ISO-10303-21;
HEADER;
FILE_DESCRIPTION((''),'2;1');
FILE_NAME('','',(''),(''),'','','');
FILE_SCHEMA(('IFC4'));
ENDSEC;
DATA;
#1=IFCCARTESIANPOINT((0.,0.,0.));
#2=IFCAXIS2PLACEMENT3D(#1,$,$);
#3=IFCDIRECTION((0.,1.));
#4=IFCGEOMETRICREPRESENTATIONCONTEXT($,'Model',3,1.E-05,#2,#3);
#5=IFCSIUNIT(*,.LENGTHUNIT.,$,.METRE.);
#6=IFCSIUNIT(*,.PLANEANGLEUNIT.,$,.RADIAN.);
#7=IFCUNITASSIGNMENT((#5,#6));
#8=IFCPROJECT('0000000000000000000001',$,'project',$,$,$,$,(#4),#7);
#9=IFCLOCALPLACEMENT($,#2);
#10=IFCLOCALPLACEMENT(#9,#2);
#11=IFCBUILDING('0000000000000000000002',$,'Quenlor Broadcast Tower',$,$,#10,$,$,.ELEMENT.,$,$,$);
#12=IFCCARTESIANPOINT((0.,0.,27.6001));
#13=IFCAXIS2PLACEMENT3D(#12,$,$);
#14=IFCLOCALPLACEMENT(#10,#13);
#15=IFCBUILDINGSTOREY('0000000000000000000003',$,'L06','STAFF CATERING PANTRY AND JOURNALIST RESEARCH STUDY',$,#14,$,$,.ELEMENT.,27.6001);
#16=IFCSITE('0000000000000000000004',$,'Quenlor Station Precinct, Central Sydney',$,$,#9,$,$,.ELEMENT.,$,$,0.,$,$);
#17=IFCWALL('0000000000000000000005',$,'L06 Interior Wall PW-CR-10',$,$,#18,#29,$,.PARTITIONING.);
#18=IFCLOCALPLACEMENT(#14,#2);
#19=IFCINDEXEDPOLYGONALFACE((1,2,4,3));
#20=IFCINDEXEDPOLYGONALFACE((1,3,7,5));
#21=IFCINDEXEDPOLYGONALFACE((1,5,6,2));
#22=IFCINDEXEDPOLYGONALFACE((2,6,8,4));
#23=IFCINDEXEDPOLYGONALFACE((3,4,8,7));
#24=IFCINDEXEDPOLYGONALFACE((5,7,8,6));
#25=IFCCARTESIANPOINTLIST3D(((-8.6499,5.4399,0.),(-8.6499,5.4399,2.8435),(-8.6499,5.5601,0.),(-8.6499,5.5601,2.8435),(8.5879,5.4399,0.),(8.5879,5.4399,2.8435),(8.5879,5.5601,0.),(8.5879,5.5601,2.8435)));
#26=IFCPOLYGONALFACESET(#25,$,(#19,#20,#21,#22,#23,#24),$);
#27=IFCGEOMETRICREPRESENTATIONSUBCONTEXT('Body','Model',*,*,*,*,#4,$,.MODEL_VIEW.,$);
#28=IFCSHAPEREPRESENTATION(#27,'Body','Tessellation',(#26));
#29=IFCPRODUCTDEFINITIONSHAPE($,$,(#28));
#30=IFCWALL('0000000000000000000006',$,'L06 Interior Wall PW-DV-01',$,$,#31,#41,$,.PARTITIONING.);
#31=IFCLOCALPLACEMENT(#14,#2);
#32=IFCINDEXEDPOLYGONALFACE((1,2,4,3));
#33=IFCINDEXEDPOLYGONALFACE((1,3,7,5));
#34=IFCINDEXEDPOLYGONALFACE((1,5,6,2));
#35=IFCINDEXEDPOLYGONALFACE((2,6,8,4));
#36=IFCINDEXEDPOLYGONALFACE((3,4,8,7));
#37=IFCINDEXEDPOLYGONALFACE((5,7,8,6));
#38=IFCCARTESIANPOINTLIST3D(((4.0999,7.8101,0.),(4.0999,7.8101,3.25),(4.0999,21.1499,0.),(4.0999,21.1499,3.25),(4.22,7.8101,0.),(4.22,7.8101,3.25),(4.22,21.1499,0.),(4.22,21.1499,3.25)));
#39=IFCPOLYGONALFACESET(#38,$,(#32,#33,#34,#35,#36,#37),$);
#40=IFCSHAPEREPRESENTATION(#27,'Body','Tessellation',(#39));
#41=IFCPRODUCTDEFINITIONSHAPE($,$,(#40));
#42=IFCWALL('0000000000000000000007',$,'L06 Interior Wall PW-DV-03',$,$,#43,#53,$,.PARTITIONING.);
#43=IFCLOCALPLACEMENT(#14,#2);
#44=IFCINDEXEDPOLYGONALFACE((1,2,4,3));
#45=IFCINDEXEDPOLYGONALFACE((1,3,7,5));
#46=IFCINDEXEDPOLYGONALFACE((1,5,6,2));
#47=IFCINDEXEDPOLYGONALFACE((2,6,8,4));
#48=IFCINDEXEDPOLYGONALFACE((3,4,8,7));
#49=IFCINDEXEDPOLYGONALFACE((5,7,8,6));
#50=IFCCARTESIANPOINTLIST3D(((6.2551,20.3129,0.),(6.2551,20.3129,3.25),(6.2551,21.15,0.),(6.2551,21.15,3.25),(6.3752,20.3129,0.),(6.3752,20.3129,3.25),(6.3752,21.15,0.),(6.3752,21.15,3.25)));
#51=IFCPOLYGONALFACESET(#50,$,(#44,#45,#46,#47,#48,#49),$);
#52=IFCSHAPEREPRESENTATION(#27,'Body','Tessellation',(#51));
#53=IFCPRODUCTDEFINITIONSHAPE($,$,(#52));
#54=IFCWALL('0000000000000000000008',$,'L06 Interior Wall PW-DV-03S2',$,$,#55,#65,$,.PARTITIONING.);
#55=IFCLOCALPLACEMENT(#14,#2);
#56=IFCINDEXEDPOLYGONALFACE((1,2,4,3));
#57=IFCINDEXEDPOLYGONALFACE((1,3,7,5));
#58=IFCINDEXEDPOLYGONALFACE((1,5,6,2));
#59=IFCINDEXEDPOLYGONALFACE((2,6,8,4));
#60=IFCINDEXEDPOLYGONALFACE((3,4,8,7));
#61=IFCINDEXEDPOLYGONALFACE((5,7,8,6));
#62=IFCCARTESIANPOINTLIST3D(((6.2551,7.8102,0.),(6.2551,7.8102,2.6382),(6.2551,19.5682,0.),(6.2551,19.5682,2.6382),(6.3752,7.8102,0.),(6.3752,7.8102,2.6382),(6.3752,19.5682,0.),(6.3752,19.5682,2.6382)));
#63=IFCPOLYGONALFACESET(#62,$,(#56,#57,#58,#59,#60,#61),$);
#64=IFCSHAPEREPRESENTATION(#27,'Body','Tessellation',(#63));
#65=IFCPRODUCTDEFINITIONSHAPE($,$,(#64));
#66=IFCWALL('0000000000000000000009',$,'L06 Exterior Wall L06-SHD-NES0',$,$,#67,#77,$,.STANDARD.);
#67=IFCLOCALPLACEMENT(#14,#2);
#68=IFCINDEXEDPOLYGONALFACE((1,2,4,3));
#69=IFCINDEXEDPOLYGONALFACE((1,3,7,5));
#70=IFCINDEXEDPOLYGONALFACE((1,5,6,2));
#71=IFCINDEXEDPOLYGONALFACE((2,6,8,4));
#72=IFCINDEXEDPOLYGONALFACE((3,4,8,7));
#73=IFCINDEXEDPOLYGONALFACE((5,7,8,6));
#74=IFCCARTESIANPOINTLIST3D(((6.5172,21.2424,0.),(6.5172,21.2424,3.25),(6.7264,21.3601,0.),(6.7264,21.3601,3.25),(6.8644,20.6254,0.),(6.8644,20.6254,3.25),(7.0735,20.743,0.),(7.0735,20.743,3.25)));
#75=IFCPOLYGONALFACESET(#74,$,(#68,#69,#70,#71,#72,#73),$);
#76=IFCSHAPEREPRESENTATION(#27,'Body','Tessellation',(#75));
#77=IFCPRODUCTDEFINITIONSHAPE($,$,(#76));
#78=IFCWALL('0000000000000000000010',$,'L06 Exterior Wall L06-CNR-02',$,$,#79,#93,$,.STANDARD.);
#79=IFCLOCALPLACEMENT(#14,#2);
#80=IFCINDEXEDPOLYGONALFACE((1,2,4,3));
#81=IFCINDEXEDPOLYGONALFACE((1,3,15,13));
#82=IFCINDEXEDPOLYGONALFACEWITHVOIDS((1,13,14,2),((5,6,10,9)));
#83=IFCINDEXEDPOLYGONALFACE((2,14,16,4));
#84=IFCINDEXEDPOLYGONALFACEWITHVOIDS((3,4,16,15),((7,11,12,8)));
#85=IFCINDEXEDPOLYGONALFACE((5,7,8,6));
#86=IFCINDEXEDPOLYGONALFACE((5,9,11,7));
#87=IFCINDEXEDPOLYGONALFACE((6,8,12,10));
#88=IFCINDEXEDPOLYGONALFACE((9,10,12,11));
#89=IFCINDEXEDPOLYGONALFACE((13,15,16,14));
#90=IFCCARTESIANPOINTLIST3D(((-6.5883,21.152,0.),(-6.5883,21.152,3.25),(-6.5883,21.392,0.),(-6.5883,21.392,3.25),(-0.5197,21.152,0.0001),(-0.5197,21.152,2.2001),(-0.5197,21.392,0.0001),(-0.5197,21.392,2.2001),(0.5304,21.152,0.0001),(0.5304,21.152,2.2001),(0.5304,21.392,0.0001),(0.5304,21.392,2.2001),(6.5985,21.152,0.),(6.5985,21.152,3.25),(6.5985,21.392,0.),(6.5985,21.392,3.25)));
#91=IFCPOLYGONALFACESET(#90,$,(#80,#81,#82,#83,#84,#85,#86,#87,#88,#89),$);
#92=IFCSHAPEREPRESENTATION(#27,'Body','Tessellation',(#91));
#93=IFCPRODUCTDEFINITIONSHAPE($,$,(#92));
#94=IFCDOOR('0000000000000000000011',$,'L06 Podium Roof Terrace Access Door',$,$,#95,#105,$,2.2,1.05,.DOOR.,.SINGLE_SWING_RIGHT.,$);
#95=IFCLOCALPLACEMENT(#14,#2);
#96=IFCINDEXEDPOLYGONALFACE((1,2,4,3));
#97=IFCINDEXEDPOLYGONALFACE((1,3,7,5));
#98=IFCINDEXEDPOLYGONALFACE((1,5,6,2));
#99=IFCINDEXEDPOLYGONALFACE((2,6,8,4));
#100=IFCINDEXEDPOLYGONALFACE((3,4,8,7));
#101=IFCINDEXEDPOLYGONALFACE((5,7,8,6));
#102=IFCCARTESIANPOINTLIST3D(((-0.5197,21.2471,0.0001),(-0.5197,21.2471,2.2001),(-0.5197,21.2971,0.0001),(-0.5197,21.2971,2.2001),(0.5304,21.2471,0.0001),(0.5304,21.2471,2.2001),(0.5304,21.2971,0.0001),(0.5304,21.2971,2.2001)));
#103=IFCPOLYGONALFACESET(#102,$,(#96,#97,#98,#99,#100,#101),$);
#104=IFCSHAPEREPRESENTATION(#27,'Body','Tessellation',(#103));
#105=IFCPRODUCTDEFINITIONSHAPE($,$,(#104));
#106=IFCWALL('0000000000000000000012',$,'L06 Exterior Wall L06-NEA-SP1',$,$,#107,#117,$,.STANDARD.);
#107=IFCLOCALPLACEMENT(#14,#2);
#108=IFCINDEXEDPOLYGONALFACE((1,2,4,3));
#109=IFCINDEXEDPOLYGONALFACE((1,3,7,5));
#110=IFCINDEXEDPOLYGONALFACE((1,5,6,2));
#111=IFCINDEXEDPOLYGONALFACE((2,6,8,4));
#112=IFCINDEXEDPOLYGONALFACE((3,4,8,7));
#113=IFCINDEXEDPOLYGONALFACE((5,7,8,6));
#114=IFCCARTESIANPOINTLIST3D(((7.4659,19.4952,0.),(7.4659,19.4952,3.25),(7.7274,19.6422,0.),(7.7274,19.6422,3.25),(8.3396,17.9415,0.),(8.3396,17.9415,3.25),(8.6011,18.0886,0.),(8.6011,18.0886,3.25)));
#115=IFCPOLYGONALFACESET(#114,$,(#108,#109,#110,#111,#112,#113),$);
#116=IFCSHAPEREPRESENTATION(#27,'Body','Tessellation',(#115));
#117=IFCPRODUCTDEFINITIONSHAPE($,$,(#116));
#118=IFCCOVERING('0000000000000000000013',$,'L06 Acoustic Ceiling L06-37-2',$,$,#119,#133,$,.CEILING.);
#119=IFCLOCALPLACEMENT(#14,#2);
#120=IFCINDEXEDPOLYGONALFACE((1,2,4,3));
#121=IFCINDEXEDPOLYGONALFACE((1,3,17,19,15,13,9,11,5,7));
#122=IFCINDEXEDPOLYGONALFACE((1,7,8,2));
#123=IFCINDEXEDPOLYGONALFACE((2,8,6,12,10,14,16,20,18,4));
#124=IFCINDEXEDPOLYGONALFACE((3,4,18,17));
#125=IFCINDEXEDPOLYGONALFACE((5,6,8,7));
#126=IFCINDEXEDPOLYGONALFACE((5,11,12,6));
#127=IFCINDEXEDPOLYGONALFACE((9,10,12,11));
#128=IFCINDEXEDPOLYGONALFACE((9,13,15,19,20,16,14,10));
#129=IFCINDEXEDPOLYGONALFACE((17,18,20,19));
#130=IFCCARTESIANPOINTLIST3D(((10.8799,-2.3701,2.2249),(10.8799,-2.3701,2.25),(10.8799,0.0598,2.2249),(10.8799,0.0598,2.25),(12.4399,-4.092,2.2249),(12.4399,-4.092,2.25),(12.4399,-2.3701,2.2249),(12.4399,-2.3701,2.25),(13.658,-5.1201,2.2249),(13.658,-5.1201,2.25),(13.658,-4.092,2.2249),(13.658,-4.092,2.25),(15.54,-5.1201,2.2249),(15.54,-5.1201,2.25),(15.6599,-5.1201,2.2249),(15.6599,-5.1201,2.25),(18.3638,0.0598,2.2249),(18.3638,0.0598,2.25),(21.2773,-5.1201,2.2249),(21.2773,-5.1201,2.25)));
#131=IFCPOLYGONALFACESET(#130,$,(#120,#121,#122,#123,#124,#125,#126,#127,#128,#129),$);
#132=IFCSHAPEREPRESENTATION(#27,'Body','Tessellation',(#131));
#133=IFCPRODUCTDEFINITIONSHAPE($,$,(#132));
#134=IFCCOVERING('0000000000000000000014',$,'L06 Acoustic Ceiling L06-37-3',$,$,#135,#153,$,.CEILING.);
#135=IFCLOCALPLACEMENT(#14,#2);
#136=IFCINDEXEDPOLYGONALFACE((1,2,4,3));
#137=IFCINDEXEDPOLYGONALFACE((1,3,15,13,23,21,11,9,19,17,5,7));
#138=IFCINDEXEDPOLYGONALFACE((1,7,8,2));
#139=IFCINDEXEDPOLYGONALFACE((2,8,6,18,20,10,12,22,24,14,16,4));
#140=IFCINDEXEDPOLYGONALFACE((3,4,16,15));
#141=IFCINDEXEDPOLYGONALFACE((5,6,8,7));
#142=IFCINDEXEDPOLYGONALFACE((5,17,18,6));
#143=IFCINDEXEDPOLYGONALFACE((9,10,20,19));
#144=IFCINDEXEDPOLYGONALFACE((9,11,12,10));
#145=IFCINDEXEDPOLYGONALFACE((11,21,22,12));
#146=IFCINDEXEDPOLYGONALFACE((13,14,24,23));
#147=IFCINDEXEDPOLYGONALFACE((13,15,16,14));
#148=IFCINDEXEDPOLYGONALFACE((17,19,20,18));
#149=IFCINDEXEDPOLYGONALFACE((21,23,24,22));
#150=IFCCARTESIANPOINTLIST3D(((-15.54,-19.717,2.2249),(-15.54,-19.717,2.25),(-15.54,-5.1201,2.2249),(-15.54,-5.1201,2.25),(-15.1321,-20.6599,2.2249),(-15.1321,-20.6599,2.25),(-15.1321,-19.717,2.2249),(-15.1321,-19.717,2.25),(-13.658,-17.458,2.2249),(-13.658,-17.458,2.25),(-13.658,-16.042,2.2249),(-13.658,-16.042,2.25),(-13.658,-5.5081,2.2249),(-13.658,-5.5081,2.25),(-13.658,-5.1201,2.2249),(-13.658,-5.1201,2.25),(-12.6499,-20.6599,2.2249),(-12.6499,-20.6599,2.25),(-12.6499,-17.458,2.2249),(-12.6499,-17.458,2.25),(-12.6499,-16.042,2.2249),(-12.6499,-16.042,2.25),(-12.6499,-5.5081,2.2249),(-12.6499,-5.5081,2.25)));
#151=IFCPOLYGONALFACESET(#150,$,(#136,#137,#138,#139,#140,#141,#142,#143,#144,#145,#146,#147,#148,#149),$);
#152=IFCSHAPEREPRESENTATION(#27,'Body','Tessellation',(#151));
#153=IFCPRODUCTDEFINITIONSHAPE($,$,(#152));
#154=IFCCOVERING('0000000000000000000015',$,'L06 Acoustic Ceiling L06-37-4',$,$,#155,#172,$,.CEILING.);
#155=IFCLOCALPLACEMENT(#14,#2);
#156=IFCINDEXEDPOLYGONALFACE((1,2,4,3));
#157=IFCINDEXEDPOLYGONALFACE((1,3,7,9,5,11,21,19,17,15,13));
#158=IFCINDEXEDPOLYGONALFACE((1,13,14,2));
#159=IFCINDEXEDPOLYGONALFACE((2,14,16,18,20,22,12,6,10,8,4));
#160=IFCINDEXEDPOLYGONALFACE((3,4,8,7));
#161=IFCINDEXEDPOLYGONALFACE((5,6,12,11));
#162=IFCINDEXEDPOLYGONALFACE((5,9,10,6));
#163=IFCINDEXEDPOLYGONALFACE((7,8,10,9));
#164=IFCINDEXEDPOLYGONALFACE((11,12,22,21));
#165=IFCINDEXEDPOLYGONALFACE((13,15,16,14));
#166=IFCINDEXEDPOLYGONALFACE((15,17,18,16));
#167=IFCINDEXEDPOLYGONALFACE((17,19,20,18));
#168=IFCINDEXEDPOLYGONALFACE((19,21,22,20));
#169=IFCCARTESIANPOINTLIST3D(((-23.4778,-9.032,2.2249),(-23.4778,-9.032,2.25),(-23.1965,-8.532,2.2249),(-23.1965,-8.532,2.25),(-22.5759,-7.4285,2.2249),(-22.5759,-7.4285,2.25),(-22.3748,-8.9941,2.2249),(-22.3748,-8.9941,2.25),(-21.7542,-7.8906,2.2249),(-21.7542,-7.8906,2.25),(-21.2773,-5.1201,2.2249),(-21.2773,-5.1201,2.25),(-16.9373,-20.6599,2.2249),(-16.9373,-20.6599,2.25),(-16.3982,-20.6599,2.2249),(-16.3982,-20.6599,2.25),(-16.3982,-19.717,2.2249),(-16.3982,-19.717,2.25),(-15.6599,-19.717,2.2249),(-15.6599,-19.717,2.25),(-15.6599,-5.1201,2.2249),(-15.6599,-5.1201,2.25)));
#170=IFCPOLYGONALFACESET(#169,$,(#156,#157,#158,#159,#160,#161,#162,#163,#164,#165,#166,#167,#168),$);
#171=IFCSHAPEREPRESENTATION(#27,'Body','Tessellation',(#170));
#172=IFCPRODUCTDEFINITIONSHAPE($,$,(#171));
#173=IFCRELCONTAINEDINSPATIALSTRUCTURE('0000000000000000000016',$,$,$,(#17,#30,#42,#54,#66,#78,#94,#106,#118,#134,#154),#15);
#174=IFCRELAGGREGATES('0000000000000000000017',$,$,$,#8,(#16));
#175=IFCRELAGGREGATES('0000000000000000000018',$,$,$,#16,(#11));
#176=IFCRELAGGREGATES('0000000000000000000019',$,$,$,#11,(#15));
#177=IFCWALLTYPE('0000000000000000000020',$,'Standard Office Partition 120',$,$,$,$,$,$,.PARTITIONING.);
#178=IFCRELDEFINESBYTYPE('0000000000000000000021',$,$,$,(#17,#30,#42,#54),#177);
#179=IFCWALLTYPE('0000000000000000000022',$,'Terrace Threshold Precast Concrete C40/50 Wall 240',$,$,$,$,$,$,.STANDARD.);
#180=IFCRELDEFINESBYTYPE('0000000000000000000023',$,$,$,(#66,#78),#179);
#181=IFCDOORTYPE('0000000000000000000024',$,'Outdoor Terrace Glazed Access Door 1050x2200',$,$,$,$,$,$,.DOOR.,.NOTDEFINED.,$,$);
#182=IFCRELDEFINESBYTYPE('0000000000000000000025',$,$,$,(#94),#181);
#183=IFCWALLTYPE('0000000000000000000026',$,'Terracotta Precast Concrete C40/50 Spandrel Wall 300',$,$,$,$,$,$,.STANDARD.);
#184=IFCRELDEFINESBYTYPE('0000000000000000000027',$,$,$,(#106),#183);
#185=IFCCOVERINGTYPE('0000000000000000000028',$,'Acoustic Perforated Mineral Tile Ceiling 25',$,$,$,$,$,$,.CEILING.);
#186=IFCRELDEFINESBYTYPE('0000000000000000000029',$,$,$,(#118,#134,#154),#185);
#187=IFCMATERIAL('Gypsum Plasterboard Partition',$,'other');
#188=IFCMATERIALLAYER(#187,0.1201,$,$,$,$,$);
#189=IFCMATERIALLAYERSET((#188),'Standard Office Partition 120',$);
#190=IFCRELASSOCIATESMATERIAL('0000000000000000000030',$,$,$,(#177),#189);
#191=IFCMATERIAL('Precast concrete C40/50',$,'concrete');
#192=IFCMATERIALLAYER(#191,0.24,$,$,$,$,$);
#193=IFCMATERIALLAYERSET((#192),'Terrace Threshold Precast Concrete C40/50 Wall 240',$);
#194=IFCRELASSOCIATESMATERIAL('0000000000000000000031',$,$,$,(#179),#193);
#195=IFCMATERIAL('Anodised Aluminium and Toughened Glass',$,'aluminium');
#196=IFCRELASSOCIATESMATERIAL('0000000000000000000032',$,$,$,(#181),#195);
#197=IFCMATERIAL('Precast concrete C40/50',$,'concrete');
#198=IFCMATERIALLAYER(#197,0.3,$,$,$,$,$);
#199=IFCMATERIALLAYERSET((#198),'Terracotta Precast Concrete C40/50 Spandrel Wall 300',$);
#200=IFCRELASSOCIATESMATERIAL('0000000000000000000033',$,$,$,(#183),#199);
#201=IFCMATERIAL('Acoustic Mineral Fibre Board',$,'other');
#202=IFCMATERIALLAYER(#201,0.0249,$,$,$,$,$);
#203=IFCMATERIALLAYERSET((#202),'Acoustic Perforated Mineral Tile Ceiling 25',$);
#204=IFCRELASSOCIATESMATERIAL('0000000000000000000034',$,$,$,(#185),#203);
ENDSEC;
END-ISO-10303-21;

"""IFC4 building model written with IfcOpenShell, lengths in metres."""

from ifc_helpers import new_model, si_unit, direction, frame, frame_2d, origin, place, context, subcontext, project, spatial, polyline, rectangle, outline, extrude, material, layer, layer_set, type_object, element, fill, save


model = new_model("IFC4")

# Units and contexts
model_context = context("Model", 3, precision=1e-05, world=origin(), true_north=direction((0.0, 1.0)))
body_context = subcontext(model_context, "Body", "Model", "MODEL_VIEW")
ifc_project = project(units=[si_unit("LENGTHUNIT", "METRE"), si_unit("PLANEANGLEUNIT", "RADIAN")], contexts=[model_context])

# Site, building, storey
site_placement = place(None, origin())
site = spatial("IfcSite", under=ifc_project, at=site_placement, Name="Quenlor Station Precinct, Central Sydney", CompositionType="ELEMENT", RefElevation=0.0)
building_placement = place(site_placement, origin())
building = spatial("IfcBuilding", under=site, at=building_placement, Name="Quenlor Broadcast Tower", CompositionType="ELEMENT")
storey_placement = place(building_placement, frame((0.0, 0.0, 27.6001)))
storey = spatial("IfcBuildingStorey", under=building, at=storey_placement, Name="L06", Description="STAFF CATERING PANTRY AND JOURNALIST RESEARCH STUDY", CompositionType="ELEMENT", Elevation=27.6001)

# Walls
ifc_material_1 = material(Name="Gypsum Plasterboard Partition", Category="other")
ifc_layer_1 = layer(ifc_material_1, 0.1201)
ifc_layer_set_1 = layer_set([ifc_layer_1], Name="Standard Office Partition 120")
wall_type_1 = type_object("IfcWallType", Name="Standard Office Partition 120", PredefinedType="PARTITIONING", material=ifc_layer_set_1)
wall_1_placement = place(storey_placement, frame((8.5879, 5.5, 0.0), z_axis=(0.0, 0.0, 1.0), x_axis=(-1.0, 0.0, 0.0)))
element("IfcWall", 1, at=wall_1_placement, inside=storey, type_object=wall_type_1, Name="L06 Interior Wall PW-CR-10", PredefinedType="PARTITIONING", context=body_context, shape_type="SweptSolid", body=[
    extrude(rectangle(XDim=17.2378, YDim=0.1201, at=frame_2d((8.6189, 0.0))), origin(), (0.0, 0.0, 1.0), 2.8435),
])
wall_2_placement = place(storey_placement, frame((4.1599, 21.1499, 0.0), z_axis=(0.0, 0.0, 1.0), x_axis=(0.0, -1.0, 0.0)))
element("IfcWall", 2, at=wall_2_placement, inside=storey, type_object=wall_type_1, Name="L06 Interior Wall PW-DV-01", PredefinedType="PARTITIONING", context=body_context, shape_type="SweptSolid", body=[
    extrude(rectangle(XDim=13.3398, YDim=0.1201, at=frame_2d((6.6699, 0.0))), origin(), (0.0, 0.0, 1.0), 3.25),
])
wall_3_placement = place(storey_placement, frame((6.3152, 21.1499, 0.0), z_axis=(0.0, 0.0, 1.0), x_axis=(0.0, -1.0, 0.0)))
element("IfcWall", 3, at=wall_3_placement, inside=storey, type_object=wall_type_1, Name="L06 Interior Wall PW-DV-03", PredefinedType="PARTITIONING", context=body_context, shape_type="SweptSolid", body=[
    extrude(rectangle(XDim=0.8372, YDim=0.1201, at=frame_2d((0.4185, 0.0))), origin(), (0.0, 0.0, 1.0), 3.25),
])
wall_4_placement = place(storey_placement, frame((6.3152, 19.5681, 0.0), z_axis=(0.0, 0.0, 1.0), x_axis=(0.0, -1.0, 0.0)))
element("IfcWall", 4, at=wall_4_placement, inside=storey, type_object=wall_type_1, Name="L06 Interior Wall PW-DV-03S2", PredefinedType="PARTITIONING", context=body_context, shape_type="SweptSolid", body=[
    extrude(rectangle(XDim=11.7581, YDim=0.1201, at=frame_2d((5.8789, 0.0))), origin(), (0.0, 0.0, 1.0), 2.6382),
])
ifc_material_2 = material(Name="Precast concrete C40/50", Category="concrete")
ifc_layer_2 = layer(ifc_material_2, 0.24)
ifc_layer_set_2 = layer_set([ifc_layer_2], Name="Terrace Threshold Precast Concrete C40/50 Wall 240")
wall_type_2 = type_object("IfcWallType", Name="Terrace Threshold Precast Concrete C40/50 Wall 240", PredefinedType="STANDARD", material=ifc_layer_set_2)
wall_5_placement = place(storey_placement, frame((6.6218, 21.3013, 0.0), z_axis=(0.0, 0.0, 1.0), x_axis=(0.490261, -0.871576, 0.0)))
element("IfcWall", 5, at=wall_5_placement, inside=storey, type_object=wall_type_2, Name="L06 Exterior Wall L06-SHD-NES0", PredefinedType="STANDARD", context=body_context, shape_type="SweptSolid", body=[
    extrude(rectangle(XDim=0.708, YDim=0.24, at=frame_2d((0.354, 0.0))), origin(), (0.0, 0.0, 1.0), 3.25),
])

# Wall, opening, door
wall_6_placement = place(storey_placement, frame((6.5984, 21.272, 0.0), z_axis=(0.0, 0.0, 1.0), x_axis=(-1.0, 0.0, 0.0)))
wall_6 = element("IfcWall", 6, at=wall_6_placement, inside=storey, type_object=wall_type_2, Name="L06 Exterior Wall L06-CNR-02", PredefinedType="STANDARD", context=body_context, shape_type="SweptSolid", body=[
    extrude(rectangle(XDim=13.1868, YDim=0.24, at=frame_2d((6.5933, 0.0))), origin(), (0.0, 0.0, 1.0), 3.25),
])
opening_placement = place(wall_6_placement, frame((6.0681, 0.0, 0.0)))
opening = element("IfcOpeningElement", 7, at=opening_placement, cuts=wall_6, PredefinedType="OPENING", context=body_context, shape_type="SweptSolid", body=[
    extrude(rectangle(XDim=1.05, YDim=2.2, at=frame_2d((0.5249, 1.1001))), frame((0.0, 0.1299, 0.0), z_axis=(0.0, -1.0, 0.0), x_axis=(1.0, 0.0, 0.0)), (0.0, 0.0, 1.0), 0.26),
])
ifc_material_3 = material(Name="Anodised Aluminium and Toughened Glass", Category="aluminium")
door_type = type_object("IfcDoorType", Name="Outdoor Terrace Glazed Access Door 1050x2200", OperationType="NOTDEFINED", PredefinedType="DOOR", material=ifc_material_3)
door_placement = place(opening_placement, origin())
door = element("IfcDoor", 8, at=door_placement, inside=storey, type_object=door_type, Name="L06 Podium Roof Terrace Access Door", OperationType="SINGLE_SWING_RIGHT", OverallHeight=2.2, OverallWidth=1.05, PredefinedType="DOOR", context=body_context, shape_type="SweptSolid", body=[
    extrude(rectangle(XDim=1.05, YDim=2.2, at=frame_2d((0.5249, 1.1001))), frame((0.0, 0.0249, 0.0), z_axis=(0.0, -1.0, 0.0), x_axis=(1.0, 0.0, 0.0)), (0.0, 0.0, 1.0), 0.05),
])
fill(opening, door)

# Wall
ifc_material_4 = material(Name="Precast concrete C40/50", Category="concrete")
ifc_layer_3 = layer(ifc_material_4, 0.3)
ifc_layer_set_3 = layer_set([ifc_layer_3], Name="Terracotta Precast Concrete C40/50 Spandrel Wall 300")
wall_type_3 = type_object("IfcWallType", Name="Terracotta Precast Concrete C40/50 Spandrel Wall 300", PredefinedType="STANDARD", material=ifc_layer_set_3)
wall_7_placement = place(storey_placement, frame((7.5967, 19.5686, 0.0), z_axis=(0.0, 0.0, 1.0), x_axis=(0.490183, -0.871619, 0.0)))
element("IfcWall", 9, at=wall_7_placement, inside=storey, type_object=wall_type_3, Name="L06 Exterior Wall L06-NEA-SP1", PredefinedType="STANDARD", context=body_context, shape_type="SweptSolid", body=[
    extrude(rectangle(XDim=1.7825, YDim=0.3, at=frame_2d((0.8911, 0.0))), origin(), (0.0, 0.0, 1.0), 3.25),
])

# Coverings
ifc_material_5 = material(Name="Acoustic Mineral Fibre Board", Category="other")
ifc_layer_4 = layer(ifc_material_5, 0.0249)
ifc_layer_set_4 = layer_set([ifc_layer_4], Name="Acoustic Perforated Mineral Tile Ceiling 25")
covering_type = type_object("IfcCoveringType", Name="Acoustic Perforated Mineral Tile Ceiling 25", PredefinedType="CEILING", material=ifc_layer_set_4)
covering_1_placement = place(storey_placement, frame((0.0, 0.0, 2.2249)))
element("IfcCovering", 10, at=covering_1_placement, inside=storey, type_object=covering_type, Name="L06 Acoustic Ceiling L06-37-2", PredefinedType="CEILING", context=body_context, shape_type="SweptSolid", body=[
    extrude(outline(polyline([(13.658, -4.092), (12.4399, -4.092), (12.4399, -2.3701), (10.8799, -2.3701), (10.8799, 0.0598), (18.3638, 0.0598), (21.2773, -5.1201), (15.6599, -5.1201), (15.54, -5.1201), (13.658, -5.1201), (13.658, -4.092)])), origin(), (0.0, 0.0, 1.0), 0.0251),
])
covering_2_placement = place(storey_placement, frame((0.0, 0.0, 2.2249)))
element("IfcCovering", 11, at=covering_2_placement, inside=storey, type_object=covering_type, Name="L06 Acoustic Ceiling L06-37-3", PredefinedType="CEILING", context=body_context, shape_type="SweptSolid", body=[
    extrude(outline(polyline([(-13.658, -5.5081), (-12.6499, -5.5081), (-12.6499, -16.042), (-13.658, -16.042), (-13.658, -17.458), (-12.6499, -17.458), (-12.6499, -20.6599), (-15.1321, -20.6599), (-15.1321, -19.717), (-15.54, -19.717), (-15.54, -5.1201), (-13.658, -5.1201), (-13.658, -5.5081)])), origin(), (0.0, 0.0, 1.0), 0.0251),
])
covering_3_placement = place(storey_placement, frame((0.0, 0.0, 2.2249)))
element("IfcCovering", 12, at=covering_3_placement, inside=storey, type_object=covering_type, Name="L06 Acoustic Ceiling L06-37-4", PredefinedType="CEILING", context=body_context, shape_type="SweptSolid", body=[
    extrude(outline(polyline([(-15.6599, -19.717), (-16.3982, -19.717), (-16.3982, -20.6599), (-16.9373, -20.6599), (-23.4778, -9.032), (-23.1965, -8.532), (-22.3748, -8.9941), (-21.7542, -7.8906), (-22.5759, -7.4285), (-21.2773, -5.1201), (-15.6599, -5.1201), (-15.6599, -19.717)])), origin(), (0.0, 0.0, 1.0), 0.0251),
])

save(model, "model.ifc")
